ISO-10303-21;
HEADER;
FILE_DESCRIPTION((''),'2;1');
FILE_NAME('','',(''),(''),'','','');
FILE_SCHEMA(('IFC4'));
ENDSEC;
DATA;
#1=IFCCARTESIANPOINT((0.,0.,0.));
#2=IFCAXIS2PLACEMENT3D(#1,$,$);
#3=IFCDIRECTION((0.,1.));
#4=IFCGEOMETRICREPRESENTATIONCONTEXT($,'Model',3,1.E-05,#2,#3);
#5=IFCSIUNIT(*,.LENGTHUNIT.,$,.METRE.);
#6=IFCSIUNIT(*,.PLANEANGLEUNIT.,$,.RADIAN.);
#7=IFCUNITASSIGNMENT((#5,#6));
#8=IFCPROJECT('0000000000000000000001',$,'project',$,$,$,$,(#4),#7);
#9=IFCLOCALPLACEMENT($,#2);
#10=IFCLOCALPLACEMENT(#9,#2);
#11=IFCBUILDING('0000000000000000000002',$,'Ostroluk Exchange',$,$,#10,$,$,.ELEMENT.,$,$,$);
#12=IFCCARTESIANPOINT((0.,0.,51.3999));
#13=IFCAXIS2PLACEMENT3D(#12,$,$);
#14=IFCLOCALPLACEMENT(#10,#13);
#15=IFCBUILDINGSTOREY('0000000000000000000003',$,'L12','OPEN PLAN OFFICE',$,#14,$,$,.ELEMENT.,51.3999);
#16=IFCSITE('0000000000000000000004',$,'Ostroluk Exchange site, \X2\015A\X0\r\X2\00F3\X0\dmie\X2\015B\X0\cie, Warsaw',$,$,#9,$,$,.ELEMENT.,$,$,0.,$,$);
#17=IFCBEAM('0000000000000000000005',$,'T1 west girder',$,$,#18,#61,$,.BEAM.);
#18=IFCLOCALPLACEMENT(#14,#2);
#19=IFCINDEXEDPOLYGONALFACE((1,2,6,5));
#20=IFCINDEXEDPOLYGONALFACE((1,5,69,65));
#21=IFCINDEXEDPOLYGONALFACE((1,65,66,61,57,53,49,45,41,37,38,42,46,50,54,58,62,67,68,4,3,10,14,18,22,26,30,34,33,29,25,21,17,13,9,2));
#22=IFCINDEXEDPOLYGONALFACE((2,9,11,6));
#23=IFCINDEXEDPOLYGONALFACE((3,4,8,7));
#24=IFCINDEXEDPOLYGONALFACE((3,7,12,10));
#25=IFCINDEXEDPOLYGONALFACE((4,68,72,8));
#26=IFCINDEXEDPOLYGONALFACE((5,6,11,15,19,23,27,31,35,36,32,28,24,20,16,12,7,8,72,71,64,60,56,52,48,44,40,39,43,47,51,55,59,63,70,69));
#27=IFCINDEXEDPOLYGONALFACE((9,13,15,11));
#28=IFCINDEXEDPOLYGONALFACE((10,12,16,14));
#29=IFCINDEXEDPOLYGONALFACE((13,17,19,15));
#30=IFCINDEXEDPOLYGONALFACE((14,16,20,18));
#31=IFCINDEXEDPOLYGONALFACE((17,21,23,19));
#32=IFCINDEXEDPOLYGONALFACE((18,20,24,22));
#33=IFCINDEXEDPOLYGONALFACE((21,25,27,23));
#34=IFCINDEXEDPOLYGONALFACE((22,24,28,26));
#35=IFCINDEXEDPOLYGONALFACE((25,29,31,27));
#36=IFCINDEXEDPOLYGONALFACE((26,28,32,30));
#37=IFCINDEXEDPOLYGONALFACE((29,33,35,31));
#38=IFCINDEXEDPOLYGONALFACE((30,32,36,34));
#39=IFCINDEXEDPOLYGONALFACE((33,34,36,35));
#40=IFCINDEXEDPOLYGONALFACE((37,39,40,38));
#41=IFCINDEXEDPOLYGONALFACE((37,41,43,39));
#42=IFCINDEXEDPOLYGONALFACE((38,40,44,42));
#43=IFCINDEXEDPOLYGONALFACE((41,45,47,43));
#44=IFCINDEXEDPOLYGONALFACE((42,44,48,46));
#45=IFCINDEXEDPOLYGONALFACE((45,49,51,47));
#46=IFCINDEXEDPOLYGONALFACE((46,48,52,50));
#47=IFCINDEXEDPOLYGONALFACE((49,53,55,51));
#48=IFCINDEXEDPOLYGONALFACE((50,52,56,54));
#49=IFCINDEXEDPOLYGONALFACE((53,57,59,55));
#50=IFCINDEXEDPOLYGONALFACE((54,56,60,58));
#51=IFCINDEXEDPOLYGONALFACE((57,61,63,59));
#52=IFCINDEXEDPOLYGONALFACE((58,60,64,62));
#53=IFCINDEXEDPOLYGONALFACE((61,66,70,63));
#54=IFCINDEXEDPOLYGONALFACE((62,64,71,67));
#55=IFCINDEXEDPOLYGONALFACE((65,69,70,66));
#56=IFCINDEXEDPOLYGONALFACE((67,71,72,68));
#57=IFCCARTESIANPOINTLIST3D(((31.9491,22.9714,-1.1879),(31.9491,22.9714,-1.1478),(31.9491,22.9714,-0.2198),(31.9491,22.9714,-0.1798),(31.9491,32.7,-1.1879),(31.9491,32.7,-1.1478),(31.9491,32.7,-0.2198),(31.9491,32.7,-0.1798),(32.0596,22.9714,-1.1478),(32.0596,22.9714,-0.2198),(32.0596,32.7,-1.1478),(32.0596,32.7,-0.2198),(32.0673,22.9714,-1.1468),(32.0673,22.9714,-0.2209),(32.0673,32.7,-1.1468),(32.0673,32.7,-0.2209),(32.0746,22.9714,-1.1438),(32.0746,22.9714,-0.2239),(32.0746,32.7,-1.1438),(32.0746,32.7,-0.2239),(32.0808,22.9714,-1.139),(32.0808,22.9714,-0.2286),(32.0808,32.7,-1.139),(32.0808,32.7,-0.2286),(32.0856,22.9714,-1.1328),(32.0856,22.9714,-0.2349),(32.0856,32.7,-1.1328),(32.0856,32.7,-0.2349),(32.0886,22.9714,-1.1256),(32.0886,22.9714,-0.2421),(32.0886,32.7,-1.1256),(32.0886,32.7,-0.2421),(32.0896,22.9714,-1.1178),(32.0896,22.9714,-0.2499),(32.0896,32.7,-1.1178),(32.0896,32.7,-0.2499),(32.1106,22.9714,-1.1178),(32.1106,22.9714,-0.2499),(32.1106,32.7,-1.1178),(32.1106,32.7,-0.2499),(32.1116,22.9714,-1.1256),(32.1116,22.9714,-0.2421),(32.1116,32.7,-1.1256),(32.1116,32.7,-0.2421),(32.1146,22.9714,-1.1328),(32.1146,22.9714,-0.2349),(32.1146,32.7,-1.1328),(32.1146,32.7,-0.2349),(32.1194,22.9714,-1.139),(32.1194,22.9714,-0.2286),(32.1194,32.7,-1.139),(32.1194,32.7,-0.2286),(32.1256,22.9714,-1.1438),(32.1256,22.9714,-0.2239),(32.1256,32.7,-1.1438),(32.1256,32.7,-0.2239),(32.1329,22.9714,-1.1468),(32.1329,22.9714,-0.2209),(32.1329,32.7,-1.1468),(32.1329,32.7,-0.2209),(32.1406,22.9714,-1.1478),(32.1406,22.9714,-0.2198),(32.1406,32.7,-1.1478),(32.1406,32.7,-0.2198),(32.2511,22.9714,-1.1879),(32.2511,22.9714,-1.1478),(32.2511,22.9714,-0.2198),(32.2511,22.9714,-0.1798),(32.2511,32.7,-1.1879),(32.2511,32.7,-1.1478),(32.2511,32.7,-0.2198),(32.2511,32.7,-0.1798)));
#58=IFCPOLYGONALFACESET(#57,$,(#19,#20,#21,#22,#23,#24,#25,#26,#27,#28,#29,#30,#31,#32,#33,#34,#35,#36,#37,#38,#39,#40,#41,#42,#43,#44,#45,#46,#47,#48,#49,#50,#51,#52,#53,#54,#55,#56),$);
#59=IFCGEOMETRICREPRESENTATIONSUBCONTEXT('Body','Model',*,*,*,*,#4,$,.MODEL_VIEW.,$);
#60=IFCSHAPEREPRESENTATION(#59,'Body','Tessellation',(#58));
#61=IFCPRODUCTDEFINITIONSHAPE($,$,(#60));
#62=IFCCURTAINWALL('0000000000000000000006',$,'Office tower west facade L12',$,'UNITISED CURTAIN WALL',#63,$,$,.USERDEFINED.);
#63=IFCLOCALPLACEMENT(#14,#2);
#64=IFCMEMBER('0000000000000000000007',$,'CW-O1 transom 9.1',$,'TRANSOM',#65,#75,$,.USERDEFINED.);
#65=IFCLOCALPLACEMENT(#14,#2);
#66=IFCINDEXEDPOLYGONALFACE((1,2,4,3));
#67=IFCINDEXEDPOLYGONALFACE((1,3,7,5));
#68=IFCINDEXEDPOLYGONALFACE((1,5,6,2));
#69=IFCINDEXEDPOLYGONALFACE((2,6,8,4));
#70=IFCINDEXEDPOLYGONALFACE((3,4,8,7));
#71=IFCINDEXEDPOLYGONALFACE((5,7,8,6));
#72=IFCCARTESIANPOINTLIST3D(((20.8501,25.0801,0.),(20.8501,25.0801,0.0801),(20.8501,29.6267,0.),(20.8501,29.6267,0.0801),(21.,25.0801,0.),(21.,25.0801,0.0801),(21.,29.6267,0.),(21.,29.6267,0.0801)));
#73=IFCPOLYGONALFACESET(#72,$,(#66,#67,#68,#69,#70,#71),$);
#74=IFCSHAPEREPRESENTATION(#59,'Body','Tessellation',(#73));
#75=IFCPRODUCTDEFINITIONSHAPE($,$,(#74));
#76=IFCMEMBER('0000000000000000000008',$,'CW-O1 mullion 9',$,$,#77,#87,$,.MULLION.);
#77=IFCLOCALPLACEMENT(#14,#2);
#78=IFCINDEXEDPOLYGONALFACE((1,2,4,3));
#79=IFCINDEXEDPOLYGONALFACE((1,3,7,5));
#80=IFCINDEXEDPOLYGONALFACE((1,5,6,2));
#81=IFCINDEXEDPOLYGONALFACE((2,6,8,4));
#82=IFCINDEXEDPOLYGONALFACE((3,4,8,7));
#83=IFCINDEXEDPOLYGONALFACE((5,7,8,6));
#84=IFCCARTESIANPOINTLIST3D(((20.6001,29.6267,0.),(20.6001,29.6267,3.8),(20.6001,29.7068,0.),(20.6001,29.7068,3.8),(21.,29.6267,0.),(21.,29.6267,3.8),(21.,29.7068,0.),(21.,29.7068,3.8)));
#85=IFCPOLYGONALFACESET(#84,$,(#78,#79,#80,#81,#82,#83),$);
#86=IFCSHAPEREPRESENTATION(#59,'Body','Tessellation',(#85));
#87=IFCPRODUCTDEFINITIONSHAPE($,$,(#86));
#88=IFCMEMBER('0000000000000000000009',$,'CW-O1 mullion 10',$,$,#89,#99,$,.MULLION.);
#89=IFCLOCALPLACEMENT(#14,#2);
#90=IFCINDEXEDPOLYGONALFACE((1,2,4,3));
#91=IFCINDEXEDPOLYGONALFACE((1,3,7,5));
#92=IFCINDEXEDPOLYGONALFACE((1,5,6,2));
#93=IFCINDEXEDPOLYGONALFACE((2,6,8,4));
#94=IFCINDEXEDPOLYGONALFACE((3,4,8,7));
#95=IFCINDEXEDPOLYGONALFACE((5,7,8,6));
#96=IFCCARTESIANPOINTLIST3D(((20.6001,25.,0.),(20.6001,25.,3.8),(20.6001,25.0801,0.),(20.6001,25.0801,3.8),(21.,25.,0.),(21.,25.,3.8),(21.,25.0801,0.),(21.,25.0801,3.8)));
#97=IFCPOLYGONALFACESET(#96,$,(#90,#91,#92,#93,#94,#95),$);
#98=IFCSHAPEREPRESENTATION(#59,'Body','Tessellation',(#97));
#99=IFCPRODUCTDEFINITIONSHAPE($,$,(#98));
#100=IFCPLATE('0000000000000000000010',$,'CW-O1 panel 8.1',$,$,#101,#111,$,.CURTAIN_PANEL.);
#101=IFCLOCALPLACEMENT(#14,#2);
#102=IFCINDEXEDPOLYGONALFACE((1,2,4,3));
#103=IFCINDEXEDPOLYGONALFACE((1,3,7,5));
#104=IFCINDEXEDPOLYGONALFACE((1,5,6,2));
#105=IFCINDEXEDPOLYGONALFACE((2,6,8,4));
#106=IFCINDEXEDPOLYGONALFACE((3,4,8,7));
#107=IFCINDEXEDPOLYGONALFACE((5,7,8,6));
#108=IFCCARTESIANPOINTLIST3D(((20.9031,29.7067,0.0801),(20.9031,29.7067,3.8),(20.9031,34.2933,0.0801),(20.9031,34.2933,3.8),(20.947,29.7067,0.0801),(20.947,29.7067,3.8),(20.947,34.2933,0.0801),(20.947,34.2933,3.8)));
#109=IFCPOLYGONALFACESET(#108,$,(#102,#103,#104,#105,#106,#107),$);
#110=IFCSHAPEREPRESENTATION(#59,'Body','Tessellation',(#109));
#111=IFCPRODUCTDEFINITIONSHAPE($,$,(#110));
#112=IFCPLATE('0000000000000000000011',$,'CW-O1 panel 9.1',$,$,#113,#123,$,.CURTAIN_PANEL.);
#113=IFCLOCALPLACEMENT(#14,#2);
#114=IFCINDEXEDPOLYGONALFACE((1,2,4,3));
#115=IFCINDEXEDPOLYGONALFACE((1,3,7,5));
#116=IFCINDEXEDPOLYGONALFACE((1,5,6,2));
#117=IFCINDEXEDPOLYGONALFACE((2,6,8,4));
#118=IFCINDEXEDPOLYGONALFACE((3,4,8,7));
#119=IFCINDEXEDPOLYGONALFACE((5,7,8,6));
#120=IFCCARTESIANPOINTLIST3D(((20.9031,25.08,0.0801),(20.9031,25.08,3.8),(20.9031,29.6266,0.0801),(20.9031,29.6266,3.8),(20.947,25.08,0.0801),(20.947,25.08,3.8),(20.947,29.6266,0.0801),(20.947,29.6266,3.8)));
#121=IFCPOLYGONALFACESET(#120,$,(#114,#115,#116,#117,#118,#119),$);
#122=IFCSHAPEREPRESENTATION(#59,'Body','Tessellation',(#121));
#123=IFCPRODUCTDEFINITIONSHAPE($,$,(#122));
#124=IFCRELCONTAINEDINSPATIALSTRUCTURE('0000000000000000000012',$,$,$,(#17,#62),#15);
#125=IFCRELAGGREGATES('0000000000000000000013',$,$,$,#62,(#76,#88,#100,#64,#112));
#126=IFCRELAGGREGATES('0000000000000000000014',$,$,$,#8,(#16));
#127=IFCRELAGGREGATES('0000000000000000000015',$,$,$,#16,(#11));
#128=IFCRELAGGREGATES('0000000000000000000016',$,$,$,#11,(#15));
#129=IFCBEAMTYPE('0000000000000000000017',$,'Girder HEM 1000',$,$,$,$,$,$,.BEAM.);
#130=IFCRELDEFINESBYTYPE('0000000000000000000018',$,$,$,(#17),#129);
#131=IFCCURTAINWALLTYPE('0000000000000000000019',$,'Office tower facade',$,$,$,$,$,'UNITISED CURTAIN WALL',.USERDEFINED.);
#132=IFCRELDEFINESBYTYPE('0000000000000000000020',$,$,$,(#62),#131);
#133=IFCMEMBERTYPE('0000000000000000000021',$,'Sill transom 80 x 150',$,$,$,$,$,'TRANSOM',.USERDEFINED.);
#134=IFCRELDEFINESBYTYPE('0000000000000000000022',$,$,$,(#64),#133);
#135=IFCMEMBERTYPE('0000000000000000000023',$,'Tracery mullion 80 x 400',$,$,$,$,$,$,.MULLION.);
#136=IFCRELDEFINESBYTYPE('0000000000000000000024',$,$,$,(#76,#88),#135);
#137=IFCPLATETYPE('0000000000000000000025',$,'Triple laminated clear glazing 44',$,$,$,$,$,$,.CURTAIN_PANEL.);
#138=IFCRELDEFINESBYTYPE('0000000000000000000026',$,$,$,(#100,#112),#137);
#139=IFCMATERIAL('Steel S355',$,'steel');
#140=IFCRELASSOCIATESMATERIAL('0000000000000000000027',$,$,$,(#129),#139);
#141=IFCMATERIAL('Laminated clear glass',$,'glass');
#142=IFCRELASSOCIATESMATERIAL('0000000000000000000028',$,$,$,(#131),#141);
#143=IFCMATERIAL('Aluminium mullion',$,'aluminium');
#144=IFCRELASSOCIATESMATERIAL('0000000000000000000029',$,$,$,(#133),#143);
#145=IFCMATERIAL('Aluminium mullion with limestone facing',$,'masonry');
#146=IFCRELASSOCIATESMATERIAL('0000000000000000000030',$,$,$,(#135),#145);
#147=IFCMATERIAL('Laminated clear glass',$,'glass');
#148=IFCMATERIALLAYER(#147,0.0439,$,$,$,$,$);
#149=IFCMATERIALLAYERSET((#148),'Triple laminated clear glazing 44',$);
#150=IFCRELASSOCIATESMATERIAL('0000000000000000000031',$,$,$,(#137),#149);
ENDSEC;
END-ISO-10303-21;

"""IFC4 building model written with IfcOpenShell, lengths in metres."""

from ifc_helpers import new_model, si_unit, direction, frame, origin, origin_2d, place, context, subcontext, project, spatial, rectangle, i_section, extrude, material, layer, layer_set, material_profile, profile_set, type_object, element, aggregate, save


model = new_model("IFC4")

# Units and contexts
model_context = context("Model", 3, precision=1e-05, world=origin(), true_north=direction((0.0, 1.0)))
body_context = subcontext(model_context, "Body", "Model", "MODEL_VIEW")
ifc_project = project(units=[si_unit("LENGTHUNIT", "METRE"), si_unit("PLANEANGLEUNIT", "RADIAN")], contexts=[model_context])

# Site, building, storey
site_placement = place(None, origin())
site = spatial("IfcSite", under=ifc_project, at=site_placement, Name="Ostroluk Exchange site, Śródmieście, Warsaw", CompositionType="ELEMENT", RefElevation=0.0)
building_placement = place(site_placement, origin())
building = spatial("IfcBuilding", under=site, at=building_placement, Name="Ostroluk Exchange", CompositionType="ELEMENT")
storey_placement = place(building_placement, frame((0.0, 0.0, 51.3999)))
storey = spatial("IfcBuildingStorey", under=building, at=storey_placement, Name="L12", Description="OPEN PLAN OFFICE", CompositionType="ELEMENT", Elevation=51.3999)

# Beam
ifc_material_1 = material(Name="Steel S355", Category="steel")
ifc_material_profile_1 = material_profile(ifc_material_1, i_section(OverallWidth=0.302, OverallDepth=1.0081, WebThickness=0.021, FlangeThickness=0.04, FilletRadius=0.03, at=origin_2d()), Name="HEM 1000")
ifc_profile_set_1 = profile_set([ifc_material_profile_1], Name="Steel S355")
beam_type_1 = type_object("IfcBeamType", Name="Girder HEM 1000", PredefinedType="BEAM", material=ifc_profile_set_1)
beam_1_placement = place(storey_placement, frame((32.1001, 32.7, -0.6838), z_axis=(0.0, -1.0, 0.0), x_axis=(1.0, 0.0, 0.0)))
element("IfcBeam", 1, at=beam_1_placement, inside=storey, type_object=beam_type_1, Name="T1 west girder", PredefinedType="BEAM", context=body_context, shape_type="SweptSolid", body=[
    extrude(i_section(OverallWidth=0.302, OverallDepth=1.0081, WebThickness=0.021, FlangeThickness=0.04, FilletRadius=0.03, at=origin_2d()), origin(), (0.0, 0.0, 1.0), 9.7285),
])

# Curtain wall, members, plates
ifc_material_2 = material(Name="Laminated clear glass", Category="glass")
curtain_wall_type = type_object("IfcCurtainWallType", Name="Office tower facade", ElementType="UNITISED CURTAIN WALL", PredefinedType="USERDEFINED", material=ifc_material_2)
curtain_wall_placement = place(storey_placement, origin())
curtain_wall = element("IfcCurtainWall", 2, at=curtain_wall_placement, inside=storey, type_object=curtain_wall_type, Name="Office tower west facade L12", ObjectType="UNITISED CURTAIN WALL", PredefinedType="USERDEFINED")
ifc_material_3 = material(Name="Aluminium mullion", Category="aluminium")
ifc_material_profile_2 = material_profile(ifc_material_3, rectangle(XDim=0.1499, YDim=0.0801, at=origin_2d()), Name="Sill transom 80 x 150")
ifc_profile_set_2 = profile_set([ifc_material_profile_2], Name="Aluminium mullion")
member_type_1 = type_object("IfcMemberType", Name="Sill transom 80 x 150", ElementType="TRANSOM", PredefinedType="USERDEFINED", material=ifc_profile_set_2)
member_1_placement = place(storey_placement, frame((20.925, 29.6267, 0.04), z_axis=(0.0, -1.0, 0.0), x_axis=(1.0, 0.0, 0.0)))
member_1 = element("IfcMember", 3, at=member_1_placement, type_object=member_type_1, Name="CW-O1 transom 9.1", ObjectType="TRANSOM", PredefinedType="USERDEFINED", context=body_context, shape_type="SweptSolid", body=[
    extrude(rectangle(XDim=0.1499, YDim=0.0801, at=origin_2d()), origin(), (0.0, 0.0, 1.0), 4.5466),
])
ifc_material_4 = material(Name="Aluminium mullion with limestone facing", Category="masonry")
ifc_material_profile_3 = material_profile(ifc_material_4, rectangle(XDim=0.3999, YDim=0.0801, at=origin_2d()), Name="Tracery mullion 80 x 400")
ifc_profile_set_3 = profile_set([ifc_material_profile_3], Name="Aluminium mullion with limestone facing")
member_type_2 = type_object("IfcMemberType", Name="Tracery mullion 80 x 400", PredefinedType="MULLION", material=ifc_profile_set_3)
member_2_placement = place(storey_placement, frame((20.8, 29.6667, 0.0), z_axis=(0.0, 0.0, 1.0), x_axis=(1.0, 0.0, 0.0)))
member_2 = element("IfcMember", 4, at=member_2_placement, type_object=member_type_2, Name="CW-O1 mullion 9", PredefinedType="MULLION", context=body_context, shape_type="SweptSolid", body=[
    extrude(rectangle(XDim=0.3999, YDim=0.0801, at=origin_2d()), origin(), (0.0, 0.0, 1.0), 3.8),
])
member_3_placement = place(storey_placement, frame((20.8, 25.04, 0.0), z_axis=(0.0, 0.0, 1.0), x_axis=(1.0, 0.0, 0.0)))
member_3 = element("IfcMember", 5, at=member_3_placement, type_object=member_type_2, Name="CW-O1 mullion 10", PredefinedType="MULLION", context=body_context, shape_type="SweptSolid", body=[
    extrude(rectangle(XDim=0.3999, YDim=0.0801, at=origin_2d()), origin(), (0.0, 0.0, 1.0), 3.8),
])
ifc_material_5 = material(Name="Laminated clear glass", Category="glass")
ifc_layer_1 = layer(ifc_material_5, 0.0439)
ifc_layer_set_1 = layer_set([ifc_layer_1], Name="Triple laminated clear glazing 44")
plate_type = type_object("IfcPlateType", Name="Triple laminated clear glazing 44", PredefinedType="CURTAIN_PANEL", material=ifc_layer_set_1)
plate_1_placement = place(storey_placement, frame((20.925, 32.0, 0.0801), z_axis=(0.0, 0.0, 1.0), x_axis=(0.0, -1.0, 0.0)))
plate_1 = element("IfcPlate", 6, at=plate_1_placement, type_object=plate_type, Name="CW-O1 panel 8.1", PredefinedType="CURTAIN_PANEL", context=body_context, shape_type="SweptSolid", body=[
    extrude(rectangle(XDim=4.5867, YDim=0.0439, at=origin_2d()), origin(), (0.0, 0.0, 1.0), 3.72),
])
plate_2_placement = place(storey_placement, frame((20.925, 27.3533, 0.0801), z_axis=(0.0, 0.0, 1.0), x_axis=(0.0, -1.0, 0.0)))
plate_2 = element("IfcPlate", 7, at=plate_2_placement, type_object=plate_type, Name="CW-O1 panel 9.1", PredefinedType="CURTAIN_PANEL", context=body_context, shape_type="SweptSolid", body=[
    extrude(rectangle(XDim=4.5466, YDim=0.0439, at=origin_2d()), origin(), (0.0, 0.0, 1.0), 3.72),
])
aggregate(curtain_wall, [member_2, member_3, plate_1, member_1, plate_2])

save(model, "model.ifc")
